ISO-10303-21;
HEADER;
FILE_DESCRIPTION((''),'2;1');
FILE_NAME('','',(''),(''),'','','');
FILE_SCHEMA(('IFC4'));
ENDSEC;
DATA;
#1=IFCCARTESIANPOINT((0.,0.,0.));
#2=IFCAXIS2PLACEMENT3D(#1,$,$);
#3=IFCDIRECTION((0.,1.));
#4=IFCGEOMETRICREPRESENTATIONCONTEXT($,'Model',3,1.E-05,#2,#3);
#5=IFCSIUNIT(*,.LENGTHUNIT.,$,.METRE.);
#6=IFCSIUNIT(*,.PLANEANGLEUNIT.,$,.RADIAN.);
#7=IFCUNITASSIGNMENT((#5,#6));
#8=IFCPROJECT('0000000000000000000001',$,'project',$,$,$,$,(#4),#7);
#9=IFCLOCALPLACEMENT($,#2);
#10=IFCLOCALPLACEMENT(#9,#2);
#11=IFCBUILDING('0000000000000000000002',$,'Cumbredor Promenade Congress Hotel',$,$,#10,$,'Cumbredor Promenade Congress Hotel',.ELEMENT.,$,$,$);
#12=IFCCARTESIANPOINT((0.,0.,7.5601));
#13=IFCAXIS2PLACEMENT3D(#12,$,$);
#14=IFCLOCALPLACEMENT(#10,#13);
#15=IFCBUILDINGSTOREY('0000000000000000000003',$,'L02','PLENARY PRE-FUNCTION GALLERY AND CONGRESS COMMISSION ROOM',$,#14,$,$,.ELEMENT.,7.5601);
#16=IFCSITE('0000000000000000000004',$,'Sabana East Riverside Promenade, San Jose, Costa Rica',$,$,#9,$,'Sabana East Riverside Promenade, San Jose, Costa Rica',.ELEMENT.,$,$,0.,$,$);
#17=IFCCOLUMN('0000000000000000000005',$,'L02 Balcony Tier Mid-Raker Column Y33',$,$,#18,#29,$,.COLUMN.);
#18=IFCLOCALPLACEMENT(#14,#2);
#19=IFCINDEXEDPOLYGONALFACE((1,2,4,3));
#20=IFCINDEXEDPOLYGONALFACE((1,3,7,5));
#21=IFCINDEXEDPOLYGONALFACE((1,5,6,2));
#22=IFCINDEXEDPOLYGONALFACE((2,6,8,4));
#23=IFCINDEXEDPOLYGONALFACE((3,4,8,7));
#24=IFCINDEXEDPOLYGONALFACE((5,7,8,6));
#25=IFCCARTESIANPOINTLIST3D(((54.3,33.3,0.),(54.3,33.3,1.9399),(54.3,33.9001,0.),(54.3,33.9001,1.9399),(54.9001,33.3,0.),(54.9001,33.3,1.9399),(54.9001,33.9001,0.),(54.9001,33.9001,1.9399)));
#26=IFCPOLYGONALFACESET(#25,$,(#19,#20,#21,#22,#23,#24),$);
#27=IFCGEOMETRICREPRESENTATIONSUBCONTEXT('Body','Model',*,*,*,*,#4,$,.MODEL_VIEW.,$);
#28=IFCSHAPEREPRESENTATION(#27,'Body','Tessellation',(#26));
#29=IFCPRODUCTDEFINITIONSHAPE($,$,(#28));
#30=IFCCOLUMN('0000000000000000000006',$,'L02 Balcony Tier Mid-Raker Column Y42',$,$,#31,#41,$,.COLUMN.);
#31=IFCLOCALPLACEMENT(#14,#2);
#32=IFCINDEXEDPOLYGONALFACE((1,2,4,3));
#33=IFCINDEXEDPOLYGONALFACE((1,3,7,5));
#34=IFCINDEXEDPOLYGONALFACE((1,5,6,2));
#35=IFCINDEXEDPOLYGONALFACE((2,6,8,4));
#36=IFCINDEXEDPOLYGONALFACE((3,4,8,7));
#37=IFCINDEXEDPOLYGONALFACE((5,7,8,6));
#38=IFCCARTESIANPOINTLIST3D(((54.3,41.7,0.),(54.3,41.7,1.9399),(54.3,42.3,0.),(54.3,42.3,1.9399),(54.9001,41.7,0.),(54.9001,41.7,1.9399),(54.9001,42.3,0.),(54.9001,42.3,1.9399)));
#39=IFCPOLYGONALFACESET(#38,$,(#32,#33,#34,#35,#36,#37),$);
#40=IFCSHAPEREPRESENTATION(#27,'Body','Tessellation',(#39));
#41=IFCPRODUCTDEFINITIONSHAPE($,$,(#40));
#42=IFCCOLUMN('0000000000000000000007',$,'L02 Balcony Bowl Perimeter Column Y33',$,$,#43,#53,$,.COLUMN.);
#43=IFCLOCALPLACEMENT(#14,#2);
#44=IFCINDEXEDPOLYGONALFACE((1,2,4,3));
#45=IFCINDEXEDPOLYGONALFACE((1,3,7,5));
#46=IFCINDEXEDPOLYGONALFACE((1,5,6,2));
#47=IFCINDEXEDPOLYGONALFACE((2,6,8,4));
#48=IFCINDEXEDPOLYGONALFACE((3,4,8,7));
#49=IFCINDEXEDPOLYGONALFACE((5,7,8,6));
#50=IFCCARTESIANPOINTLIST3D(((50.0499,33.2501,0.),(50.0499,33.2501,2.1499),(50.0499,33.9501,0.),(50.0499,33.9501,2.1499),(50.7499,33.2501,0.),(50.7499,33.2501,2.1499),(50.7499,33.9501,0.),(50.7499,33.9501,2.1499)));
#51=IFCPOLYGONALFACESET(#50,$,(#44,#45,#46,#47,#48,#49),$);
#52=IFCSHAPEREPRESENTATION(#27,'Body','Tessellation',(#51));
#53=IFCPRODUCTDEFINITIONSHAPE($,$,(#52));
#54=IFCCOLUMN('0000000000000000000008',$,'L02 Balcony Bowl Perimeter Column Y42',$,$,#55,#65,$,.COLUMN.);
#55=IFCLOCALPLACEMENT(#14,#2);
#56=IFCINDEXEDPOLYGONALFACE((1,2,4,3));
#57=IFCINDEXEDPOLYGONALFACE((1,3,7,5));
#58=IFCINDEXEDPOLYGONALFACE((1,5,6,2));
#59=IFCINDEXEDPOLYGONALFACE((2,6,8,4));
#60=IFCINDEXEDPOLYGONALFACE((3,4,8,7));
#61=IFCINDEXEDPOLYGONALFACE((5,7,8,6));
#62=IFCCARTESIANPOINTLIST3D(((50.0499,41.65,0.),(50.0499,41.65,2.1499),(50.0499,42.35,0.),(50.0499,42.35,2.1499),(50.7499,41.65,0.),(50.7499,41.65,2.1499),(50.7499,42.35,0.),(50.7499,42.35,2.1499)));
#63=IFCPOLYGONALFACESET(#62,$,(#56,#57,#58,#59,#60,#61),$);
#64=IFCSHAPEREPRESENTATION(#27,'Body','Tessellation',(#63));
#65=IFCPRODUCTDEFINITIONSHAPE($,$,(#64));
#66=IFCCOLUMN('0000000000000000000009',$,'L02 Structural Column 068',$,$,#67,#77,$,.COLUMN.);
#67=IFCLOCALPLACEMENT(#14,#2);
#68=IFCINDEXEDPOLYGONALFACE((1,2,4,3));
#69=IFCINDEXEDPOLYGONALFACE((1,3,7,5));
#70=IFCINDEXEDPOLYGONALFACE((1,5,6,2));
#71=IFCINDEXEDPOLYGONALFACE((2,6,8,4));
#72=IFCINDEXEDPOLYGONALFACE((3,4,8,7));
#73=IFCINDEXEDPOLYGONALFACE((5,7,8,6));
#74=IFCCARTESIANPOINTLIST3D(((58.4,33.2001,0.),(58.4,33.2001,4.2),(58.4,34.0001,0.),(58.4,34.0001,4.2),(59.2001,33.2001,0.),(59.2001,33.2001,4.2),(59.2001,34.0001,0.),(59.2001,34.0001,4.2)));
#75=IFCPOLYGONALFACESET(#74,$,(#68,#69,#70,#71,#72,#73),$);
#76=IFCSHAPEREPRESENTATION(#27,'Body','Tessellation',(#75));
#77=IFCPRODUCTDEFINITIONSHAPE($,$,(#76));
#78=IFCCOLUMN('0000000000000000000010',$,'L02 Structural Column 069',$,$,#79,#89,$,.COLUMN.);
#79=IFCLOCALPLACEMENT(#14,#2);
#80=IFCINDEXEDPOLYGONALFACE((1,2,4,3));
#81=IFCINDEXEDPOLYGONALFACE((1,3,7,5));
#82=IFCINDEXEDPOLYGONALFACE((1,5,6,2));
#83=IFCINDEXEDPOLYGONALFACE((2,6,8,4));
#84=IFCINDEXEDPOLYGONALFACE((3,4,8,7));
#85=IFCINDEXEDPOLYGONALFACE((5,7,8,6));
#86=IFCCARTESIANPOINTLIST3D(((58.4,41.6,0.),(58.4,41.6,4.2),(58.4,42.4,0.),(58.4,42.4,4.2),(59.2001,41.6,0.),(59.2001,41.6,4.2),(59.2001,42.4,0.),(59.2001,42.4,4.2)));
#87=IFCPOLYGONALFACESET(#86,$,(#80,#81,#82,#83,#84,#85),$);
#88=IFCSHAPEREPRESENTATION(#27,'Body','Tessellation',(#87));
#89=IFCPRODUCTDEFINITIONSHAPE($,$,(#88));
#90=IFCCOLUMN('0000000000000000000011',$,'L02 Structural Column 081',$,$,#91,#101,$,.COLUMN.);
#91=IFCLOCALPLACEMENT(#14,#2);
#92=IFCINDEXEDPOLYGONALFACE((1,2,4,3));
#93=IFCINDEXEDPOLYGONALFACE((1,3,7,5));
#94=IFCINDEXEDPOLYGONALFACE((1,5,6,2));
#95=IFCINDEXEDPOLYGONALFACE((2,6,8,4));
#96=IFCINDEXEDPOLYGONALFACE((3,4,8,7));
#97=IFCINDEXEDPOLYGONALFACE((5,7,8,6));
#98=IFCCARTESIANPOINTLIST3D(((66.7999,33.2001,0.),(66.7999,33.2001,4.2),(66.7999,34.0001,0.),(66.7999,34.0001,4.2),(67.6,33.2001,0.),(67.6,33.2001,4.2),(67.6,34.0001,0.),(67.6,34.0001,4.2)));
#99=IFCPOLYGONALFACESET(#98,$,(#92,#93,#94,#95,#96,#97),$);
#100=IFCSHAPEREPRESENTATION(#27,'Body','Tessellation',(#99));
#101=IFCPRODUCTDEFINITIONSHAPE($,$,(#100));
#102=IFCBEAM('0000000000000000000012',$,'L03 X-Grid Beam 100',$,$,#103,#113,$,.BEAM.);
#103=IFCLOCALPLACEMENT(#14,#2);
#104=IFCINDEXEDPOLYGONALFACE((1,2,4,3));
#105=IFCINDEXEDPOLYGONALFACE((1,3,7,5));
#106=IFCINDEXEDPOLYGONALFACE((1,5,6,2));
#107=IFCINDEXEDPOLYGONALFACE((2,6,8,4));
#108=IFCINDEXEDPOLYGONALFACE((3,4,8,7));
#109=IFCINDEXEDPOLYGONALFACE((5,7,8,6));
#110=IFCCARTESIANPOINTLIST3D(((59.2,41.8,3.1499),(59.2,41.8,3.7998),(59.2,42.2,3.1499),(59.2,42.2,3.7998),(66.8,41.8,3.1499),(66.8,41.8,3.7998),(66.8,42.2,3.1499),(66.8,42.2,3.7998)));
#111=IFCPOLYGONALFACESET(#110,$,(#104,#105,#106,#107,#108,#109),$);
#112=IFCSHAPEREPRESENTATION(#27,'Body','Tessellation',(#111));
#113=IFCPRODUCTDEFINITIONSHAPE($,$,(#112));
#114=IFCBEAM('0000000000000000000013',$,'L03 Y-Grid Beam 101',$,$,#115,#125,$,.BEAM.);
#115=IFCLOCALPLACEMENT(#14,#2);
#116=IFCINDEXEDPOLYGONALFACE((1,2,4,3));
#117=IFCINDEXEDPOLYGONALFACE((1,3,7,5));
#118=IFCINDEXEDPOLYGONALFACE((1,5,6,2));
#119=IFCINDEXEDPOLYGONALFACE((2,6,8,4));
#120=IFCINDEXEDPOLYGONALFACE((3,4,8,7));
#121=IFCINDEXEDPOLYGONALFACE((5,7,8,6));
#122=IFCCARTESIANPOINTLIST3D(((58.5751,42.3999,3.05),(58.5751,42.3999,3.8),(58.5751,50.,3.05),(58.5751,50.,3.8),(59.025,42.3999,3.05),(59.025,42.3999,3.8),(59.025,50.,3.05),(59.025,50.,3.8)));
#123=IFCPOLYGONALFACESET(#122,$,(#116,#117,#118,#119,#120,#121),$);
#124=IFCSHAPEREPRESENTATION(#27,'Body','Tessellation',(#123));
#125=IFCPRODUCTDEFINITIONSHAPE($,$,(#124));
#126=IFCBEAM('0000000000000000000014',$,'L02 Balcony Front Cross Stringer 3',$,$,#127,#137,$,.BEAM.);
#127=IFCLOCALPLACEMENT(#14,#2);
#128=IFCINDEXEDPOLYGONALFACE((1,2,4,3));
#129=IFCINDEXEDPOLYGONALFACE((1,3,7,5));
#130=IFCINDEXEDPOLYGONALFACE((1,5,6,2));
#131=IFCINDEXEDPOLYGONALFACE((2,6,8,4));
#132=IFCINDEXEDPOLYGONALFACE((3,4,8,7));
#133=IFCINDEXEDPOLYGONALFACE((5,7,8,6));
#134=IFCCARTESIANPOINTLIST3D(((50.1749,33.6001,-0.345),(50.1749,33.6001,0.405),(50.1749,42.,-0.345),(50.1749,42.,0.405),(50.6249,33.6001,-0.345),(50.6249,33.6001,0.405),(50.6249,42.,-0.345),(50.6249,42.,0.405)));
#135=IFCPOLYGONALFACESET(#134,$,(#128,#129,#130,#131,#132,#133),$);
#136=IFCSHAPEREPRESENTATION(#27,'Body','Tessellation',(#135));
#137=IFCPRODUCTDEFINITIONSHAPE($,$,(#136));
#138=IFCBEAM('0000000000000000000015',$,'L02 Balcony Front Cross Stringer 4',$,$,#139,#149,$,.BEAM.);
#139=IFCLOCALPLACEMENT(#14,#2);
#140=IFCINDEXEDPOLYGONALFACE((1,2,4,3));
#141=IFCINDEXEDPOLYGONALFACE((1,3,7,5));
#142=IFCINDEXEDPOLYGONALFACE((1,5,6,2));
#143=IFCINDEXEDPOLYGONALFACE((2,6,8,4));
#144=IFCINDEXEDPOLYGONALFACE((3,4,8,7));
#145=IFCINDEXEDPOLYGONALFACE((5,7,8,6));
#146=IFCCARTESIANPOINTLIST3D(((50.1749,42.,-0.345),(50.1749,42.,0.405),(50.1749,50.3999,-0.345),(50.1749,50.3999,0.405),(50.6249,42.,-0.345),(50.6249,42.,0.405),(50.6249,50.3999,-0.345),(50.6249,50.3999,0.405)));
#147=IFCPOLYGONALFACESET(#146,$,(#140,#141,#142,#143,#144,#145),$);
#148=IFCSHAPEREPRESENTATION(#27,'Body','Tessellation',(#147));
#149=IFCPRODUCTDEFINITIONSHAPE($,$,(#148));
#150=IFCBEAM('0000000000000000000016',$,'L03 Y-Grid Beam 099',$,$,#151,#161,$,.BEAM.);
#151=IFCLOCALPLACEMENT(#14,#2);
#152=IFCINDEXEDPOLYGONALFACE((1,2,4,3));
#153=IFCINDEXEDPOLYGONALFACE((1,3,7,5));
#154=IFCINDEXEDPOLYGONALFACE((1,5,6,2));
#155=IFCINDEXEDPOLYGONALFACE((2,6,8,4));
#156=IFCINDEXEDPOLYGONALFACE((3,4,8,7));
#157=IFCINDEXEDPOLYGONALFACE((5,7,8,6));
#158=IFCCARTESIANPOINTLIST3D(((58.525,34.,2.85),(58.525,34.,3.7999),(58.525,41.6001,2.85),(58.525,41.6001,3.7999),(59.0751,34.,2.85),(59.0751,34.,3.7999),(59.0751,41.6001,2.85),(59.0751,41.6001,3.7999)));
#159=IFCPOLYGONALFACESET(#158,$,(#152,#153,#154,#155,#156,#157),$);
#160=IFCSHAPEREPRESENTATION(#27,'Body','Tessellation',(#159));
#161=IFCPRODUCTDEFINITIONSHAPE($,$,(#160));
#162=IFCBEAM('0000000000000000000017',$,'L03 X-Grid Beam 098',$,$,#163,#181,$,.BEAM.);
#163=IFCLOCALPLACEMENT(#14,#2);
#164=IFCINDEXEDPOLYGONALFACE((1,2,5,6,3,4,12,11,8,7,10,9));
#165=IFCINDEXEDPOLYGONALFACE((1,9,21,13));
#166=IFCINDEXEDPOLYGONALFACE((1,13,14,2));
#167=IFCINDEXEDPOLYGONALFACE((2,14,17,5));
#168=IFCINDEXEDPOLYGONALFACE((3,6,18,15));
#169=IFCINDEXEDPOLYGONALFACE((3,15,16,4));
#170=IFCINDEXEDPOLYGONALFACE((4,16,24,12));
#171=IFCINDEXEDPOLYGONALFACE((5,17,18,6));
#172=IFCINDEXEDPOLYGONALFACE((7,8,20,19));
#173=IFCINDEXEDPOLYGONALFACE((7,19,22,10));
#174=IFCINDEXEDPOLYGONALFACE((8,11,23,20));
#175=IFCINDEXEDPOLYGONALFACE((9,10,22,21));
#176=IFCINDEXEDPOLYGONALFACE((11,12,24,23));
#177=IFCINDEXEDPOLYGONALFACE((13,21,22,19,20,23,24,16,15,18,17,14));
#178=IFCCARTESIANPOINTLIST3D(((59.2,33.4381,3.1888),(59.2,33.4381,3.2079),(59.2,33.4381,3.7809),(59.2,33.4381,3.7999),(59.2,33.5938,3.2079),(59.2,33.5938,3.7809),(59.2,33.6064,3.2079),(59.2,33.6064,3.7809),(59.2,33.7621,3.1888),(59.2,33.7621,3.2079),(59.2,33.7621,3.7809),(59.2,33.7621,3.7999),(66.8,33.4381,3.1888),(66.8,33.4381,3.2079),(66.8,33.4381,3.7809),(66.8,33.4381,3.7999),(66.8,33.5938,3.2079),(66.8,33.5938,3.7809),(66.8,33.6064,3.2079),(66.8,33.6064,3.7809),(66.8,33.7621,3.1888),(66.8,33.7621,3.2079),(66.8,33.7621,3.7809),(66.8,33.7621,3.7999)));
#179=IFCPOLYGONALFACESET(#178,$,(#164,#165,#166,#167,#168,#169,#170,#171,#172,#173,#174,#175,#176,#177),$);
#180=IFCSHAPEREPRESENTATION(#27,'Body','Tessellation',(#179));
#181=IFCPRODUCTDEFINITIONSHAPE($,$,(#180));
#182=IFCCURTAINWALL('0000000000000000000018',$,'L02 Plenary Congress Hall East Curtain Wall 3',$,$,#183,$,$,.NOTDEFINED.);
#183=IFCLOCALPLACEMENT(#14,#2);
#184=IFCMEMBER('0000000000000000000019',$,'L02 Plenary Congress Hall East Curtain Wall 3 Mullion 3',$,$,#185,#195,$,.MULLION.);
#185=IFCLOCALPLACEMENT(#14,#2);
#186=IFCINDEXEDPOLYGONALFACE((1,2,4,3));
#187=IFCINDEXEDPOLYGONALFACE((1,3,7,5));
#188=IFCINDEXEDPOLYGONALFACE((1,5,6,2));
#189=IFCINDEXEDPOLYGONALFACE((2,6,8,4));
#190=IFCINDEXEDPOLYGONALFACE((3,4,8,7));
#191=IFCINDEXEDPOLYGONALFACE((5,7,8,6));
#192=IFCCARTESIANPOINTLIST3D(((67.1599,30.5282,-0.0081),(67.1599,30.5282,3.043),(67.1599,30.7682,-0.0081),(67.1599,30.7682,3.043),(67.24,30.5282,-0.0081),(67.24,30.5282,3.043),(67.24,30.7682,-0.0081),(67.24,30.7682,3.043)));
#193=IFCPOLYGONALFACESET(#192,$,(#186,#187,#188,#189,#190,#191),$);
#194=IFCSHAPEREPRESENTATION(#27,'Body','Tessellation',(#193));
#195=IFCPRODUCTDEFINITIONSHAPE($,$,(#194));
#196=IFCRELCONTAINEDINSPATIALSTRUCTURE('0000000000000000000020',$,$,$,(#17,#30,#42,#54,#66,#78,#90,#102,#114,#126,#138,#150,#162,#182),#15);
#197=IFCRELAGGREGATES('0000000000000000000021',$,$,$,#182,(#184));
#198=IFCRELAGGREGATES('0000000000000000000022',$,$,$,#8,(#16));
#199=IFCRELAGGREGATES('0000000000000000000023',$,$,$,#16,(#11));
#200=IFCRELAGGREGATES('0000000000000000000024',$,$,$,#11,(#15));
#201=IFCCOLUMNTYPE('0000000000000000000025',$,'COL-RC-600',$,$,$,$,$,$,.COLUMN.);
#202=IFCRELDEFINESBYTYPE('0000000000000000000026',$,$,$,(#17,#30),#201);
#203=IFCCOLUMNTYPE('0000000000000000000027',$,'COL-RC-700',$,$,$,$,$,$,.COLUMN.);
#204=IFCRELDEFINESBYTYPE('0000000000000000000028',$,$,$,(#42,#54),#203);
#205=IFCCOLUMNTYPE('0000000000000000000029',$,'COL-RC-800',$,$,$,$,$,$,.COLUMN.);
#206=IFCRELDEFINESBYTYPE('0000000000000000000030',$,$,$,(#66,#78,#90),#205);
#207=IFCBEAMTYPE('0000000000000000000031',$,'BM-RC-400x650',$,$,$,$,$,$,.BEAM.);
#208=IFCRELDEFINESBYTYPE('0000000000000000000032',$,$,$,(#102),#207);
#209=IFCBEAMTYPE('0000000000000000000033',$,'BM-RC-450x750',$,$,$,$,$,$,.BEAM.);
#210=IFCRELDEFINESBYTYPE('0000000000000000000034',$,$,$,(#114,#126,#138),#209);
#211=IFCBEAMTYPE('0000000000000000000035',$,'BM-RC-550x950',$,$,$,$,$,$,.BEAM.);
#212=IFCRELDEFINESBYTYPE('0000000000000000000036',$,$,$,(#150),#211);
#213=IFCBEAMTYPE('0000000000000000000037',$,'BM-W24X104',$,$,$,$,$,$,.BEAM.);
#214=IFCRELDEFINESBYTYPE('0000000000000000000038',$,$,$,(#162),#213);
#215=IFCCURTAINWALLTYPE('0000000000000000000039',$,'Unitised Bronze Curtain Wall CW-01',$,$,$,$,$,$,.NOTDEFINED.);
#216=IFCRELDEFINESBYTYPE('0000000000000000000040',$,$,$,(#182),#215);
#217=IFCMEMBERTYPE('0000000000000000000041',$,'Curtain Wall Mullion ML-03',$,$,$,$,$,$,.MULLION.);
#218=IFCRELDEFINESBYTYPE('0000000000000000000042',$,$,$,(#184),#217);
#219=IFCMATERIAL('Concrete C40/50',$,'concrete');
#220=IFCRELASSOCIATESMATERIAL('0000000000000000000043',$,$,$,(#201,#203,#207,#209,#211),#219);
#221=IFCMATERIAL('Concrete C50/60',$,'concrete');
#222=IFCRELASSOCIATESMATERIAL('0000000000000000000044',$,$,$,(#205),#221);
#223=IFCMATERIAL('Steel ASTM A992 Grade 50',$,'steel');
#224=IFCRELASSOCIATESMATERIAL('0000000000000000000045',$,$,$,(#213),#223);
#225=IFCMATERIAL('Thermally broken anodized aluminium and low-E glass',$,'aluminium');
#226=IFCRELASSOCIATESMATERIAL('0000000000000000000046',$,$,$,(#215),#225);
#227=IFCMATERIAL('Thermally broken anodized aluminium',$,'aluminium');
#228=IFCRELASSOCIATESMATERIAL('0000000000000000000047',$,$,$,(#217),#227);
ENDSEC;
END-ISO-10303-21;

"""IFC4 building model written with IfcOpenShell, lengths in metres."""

from ifc_helpers import new_model, si_unit, direction, frame, origin, origin_2d, place, context, subcontext, project, spatial, rectangle, i_section, extrude, material, material_profile, profile_set, type_object, element, aggregate, save


model = new_model("IFC4")

# Units and contexts
model_context = context("Model", 3, precision=1e-05, world=origin(), true_north=direction((0.0, 1.0)))
body_context = subcontext(model_context, "Body", "Model", "MODEL_VIEW")
ifc_project = project(units=[si_unit("LENGTHUNIT", "METRE"), si_unit("PLANEANGLEUNIT", "RADIAN")], contexts=[model_context])

# Site, building, storey
site_placement = place(None, origin())
site = spatial("IfcSite", under=ifc_project, at=site_placement, Name="Sabana East Riverside Promenade, San Jose, Costa Rica", LongName="Sabana East Riverside Promenade, San Jose, Costa Rica", CompositionType="ELEMENT", RefElevation=0.0)
building_placement = place(site_placement, origin())
building = spatial("IfcBuilding", under=site, at=building_placement, Name="Cumbredor Promenade Congress Hotel", LongName="Cumbredor Promenade Congress Hotel", CompositionType="ELEMENT")
storey_placement = place(building_placement, frame((0.0, 0.0, 7.5601)))
storey = spatial("IfcBuildingStorey", under=building, at=storey_placement, Name="L02", Description="PLENARY PRE-FUNCTION GALLERY AND CONGRESS COMMISSION ROOM", CompositionType="ELEMENT", Elevation=7.5601)

# Columns
ifc_material_1 = material(Name="Concrete C40/50", Category="concrete")
ifc_material_profile_1 = material_profile(ifc_material_1, rectangle(XDim=0.6001, YDim=0.6001, at=origin_2d()), Name="RC 600x600")
ifc_profile_set_1 = profile_set([ifc_material_profile_1], Name="Concrete C40/50")
column_type_1 = type_object("IfcColumnType", Name="COL-RC-600", PredefinedType="COLUMN", material=ifc_profile_set_1)
for number, where, z_axis, x_axis, name in (
    (1, (54.6001, 33.6001, 0.0), (0.0, 0.0, 1.0), (1.0, 0.0, 0.0), "L02 Balcony Tier Mid-Raker Column Y33"),
    (2, (54.6001, 42.0, 0.0), (0.0, 0.0, 1.0), (1.0, 0.0, 0.0), "L02 Balcony Tier Mid-Raker Column Y42"),
):
    element("IfcColumn", number, at=place(storey_placement, frame(where, z_axis=z_axis, x_axis=x_axis)), inside=storey, type_object=column_type_1, Name=name, PredefinedType="COLUMN", context=body_context, shape_type="SweptSolid", body=[
        extrude(rectangle(XDim=0.6001, YDim=0.6001, at=origin_2d()), origin(), (0.0, 0.0, 1.0), 1.9399),
    ])
ifc_material_profile_2 = material_profile(ifc_material_1, rectangle(XDim=0.7, YDim=0.7, at=origin_2d()), Name="RC 700x700")
ifc_profile_set_2 = profile_set([ifc_material_profile_2], Name="Concrete C40/50")
column_type_2 = type_object("IfcColumnType", Name="COL-RC-700", PredefinedType="COLUMN", material=ifc_profile_set_2)
for number, where, z_axis, x_axis, name in (
    (3, (50.3999, 33.6001, 0.0), (0.0, 0.0, 1.0), (1.0, 0.0, 0.0), "L02 Balcony Bowl Perimeter Column Y33"),
    (4, (50.3999, 42.0, 0.0), (0.0, 0.0, 1.0), (1.0, 0.0, 0.0), "L02 Balcony Bowl Perimeter Column Y42"),
):
    element("IfcColumn", number, at=place(storey_placement, frame(where, z_axis=z_axis, x_axis=x_axis)), inside=storey, type_object=column_type_2, Name=name, PredefinedType="COLUMN", context=body_context, shape_type="SweptSolid", body=[
        extrude(rectangle(XDim=0.7, YDim=0.7, at=origin_2d()), origin(), (0.0, 0.0, 1.0), 2.1499),
    ])
ifc_material_2 = material(Name="Concrete C50/60", Category="concrete")
ifc_material_profile_3 = material_profile(ifc_material_2, rectangle(XDim=0.8, YDim=0.8, at=origin_2d()), Name="RC 800x800")
ifc_profile_set_3 = profile_set([ifc_material_profile_3], Name="Concrete C50/60")
column_type_3 = type_object("IfcColumnType", Name="COL-RC-800", PredefinedType="COLUMN", material=ifc_profile_set_3)
for number, where, z_axis, x_axis, name in (
    (5, (58.8, 33.6001, 0.0), (0.0, 0.0, 1.0), (1.0, 0.0, 0.0), "L02 Structural Column 068"),
    (6, (58.8, 42.0, 0.0), (0.0, 0.0, 1.0), (1.0, 0.0, 0.0), "L02 Structural Column 069"),
    (7, (67.2, 33.6001, 0.0), (0.0, 0.0, 1.0), (1.0, 0.0, 0.0), "L02 Structural Column 081"),
):
    element("IfcColumn", number, at=place(storey_placement, frame(where, z_axis=z_axis, x_axis=x_axis)), inside=storey, type_object=column_type_3, Name=name, PredefinedType="COLUMN", context=body_context, shape_type="SweptSolid", body=[
        extrude(rectangle(XDim=0.8, YDim=0.8, at=origin_2d()), origin(), (0.0, 0.0, 1.0), 4.2),
    ])

# Beams
ifc_material_profile_4 = material_profile(ifc_material_1, rectangle(XDim=0.3999, YDim=0.6499, at=origin_2d()), Name="RC BEAM 400x650")
ifc_profile_set_4 = profile_set([ifc_material_profile_4], Name="Concrete C40/50")
beam_type_1 = type_object("IfcBeamType", Name="BM-RC-400x650", PredefinedType="BEAM", material=ifc_profile_set_4)
beam_1_placement = place(storey_placement, frame((59.2, 42.0, 3.4749), z_axis=(1.0, 0.0, 0.0), x_axis=(0.0, 1.0, 0.0)))
element("IfcBeam", 8, at=beam_1_placement, inside=storey, type_object=beam_type_1, Name="L03 X-Grid Beam 100", PredefinedType="BEAM", context=body_context, shape_type="SweptSolid", body=[
    extrude(rectangle(XDim=0.3999, YDim=0.6499, at=origin_2d()), origin(), (0.0, 0.0, 1.0), 7.6001),
])
ifc_material_profile_5 = material_profile(ifc_material_1, rectangle(XDim=0.45, YDim=0.75, at=origin_2d()), Name="RC BEAM 450x750")
ifc_profile_set_5 = profile_set([ifc_material_profile_5], Name="Concrete C40/50")
beam_type_2 = type_object("IfcBeamType", Name="BM-RC-450x750", PredefinedType="BEAM", material=ifc_profile_set_5)
beam_2_placement = place(storey_placement, frame((58.8, 42.3999, 3.425), z_axis=(0.0, 1.0, 0.0), x_axis=(-1.0, 0.0, 0.0)))
element("IfcBeam", 9, at=beam_2_placement, inside=storey, type_object=beam_type_2, Name="L03 Y-Grid Beam 101", PredefinedType="BEAM", context=body_context, shape_type="SweptSolid", body=[
    extrude(rectangle(XDim=0.45, YDim=0.75, at=origin_2d()), origin(), (0.0, 0.0, 1.0), 7.6001),
])
for number, where, z_axis, x_axis, name in (
    (10, (50.3999, 33.6001, 0.03), (0.0, 1.0, 0.0), (-1.0, 0.0, 0.0), "L02 Balcony Front Cross Stringer 3"),
    (11, (50.3999, 42.0, 0.03), (0.0, 1.0, 0.0), (-1.0, 0.0, 0.0), "L02 Balcony Front Cross Stringer 4"),
):
    element("IfcBeam", number, at=place(storey_placement, frame(where, z_axis=z_axis, x_axis=x_axis)), inside=storey, type_object=beam_type_2, Name=name, PredefinedType="BEAM", context=body_context, shape_type="SweptSolid", body=[
        extrude(rectangle(XDim=0.45, YDim=0.75, at=origin_2d()), origin(), (0.0, 0.0, 1.0), 8.3999),
    ])
ifc_material_profile_6 = material_profile(ifc_material_1, rectangle(XDim=0.55, YDim=0.95, at=origin_2d()), Name="RC BEAM 550x950")
ifc_profile_set_6 = profile_set([ifc_material_profile_6], Name="Concrete C40/50")
beam_type_3 = type_object("IfcBeamType", Name="BM-RC-550x950", PredefinedType="BEAM", material=ifc_profile_set_6)
beam_3_placement = place(storey_placement, frame((58.8, 34.0, 3.325), z_axis=(0.0, 1.0, 0.0), x_axis=(-1.0, 0.0, 0.0)))
element("IfcBeam", 12, at=beam_3_placement, inside=storey, type_object=beam_type_3, Name="L03 Y-Grid Beam 099", PredefinedType="BEAM", context=body_context, shape_type="SweptSolid", body=[
    extrude(rectangle(XDim=0.55, YDim=0.95, at=origin_2d()), origin(), (0.0, 0.0, 1.0), 7.6001),
])
ifc_material_3 = material(Name="Steel ASTM A992 Grade 50", Category="steel")
ifc_material_profile_7 = material_profile(ifc_material_3, i_section(OverallWidth=0.324, OverallDepth=0.6111, WebThickness=0.0127, FlangeThickness=0.019, at=origin_2d()), Name="W24X104")
ifc_profile_set_7 = profile_set([ifc_material_profile_7], Name="Steel ASTM A992 Grade 50")
beam_type_4 = type_object("IfcBeamType", Name="BM-W24X104", PredefinedType="BEAM", material=ifc_profile_set_7)
beam_4_placement = place(storey_placement, frame((59.2, 33.6001, 3.4944), z_axis=(1.0, 0.0, 0.0), x_axis=(0.0, 1.0, 0.0)))
element("IfcBeam", 13, at=beam_4_placement, inside=storey, type_object=beam_type_4, Name="L03 X-Grid Beam 098", PredefinedType="BEAM", context=body_context, shape_type="SweptSolid", body=[
    extrude(i_section(OverallWidth=0.324, OverallDepth=0.6111, WebThickness=0.0127, FlangeThickness=0.019, at=origin_2d()), origin(), (0.0, 0.0, 1.0), 7.6001),
])

# Curtain wall, member
ifc_material_4 = material(Name="Thermally broken anodized aluminium and low-E glass", Category="aluminium")
curtain_wall_type = type_object("IfcCurtainWallType", Name="Unitised Bronze Curtain Wall CW-01", PredefinedType="NOTDEFINED", material=ifc_material_4)
curtain_wall_placement = place(storey_placement, origin())
curtain_wall = element("IfcCurtainWall", 14, at=curtain_wall_placement, inside=storey, type_object=curtain_wall_type, Name="L02 Plenary Congress Hall East Curtain Wall 3", PredefinedType="NOTDEFINED")
ifc_material_5 = material(Name="Thermally broken anodized aluminium", Category="aluminium")
ifc_material_profile_8 = material_profile(ifc_material_5, rectangle(XDim=0.0801, YDim=0.24, at=origin_2d()), Name="ALU MULLION 80x240")
ifc_profile_set_8 = profile_set([ifc_material_profile_8], Name="Thermally broken anodized aluminium")
member_type_1 = type_object("IfcMemberType", Name="Curtain Wall Mullion ML-03", PredefinedType="MULLION", material=ifc_profile_set_8)
member_1_placement = place(storey_placement, frame((67.2, 30.6482, -0.0081), z_axis=(0.0, 0.0, 1.0), x_axis=(1.0, 0.0, 0.0)))
member_1 = element("IfcMember", 15, at=member_1_placement, type_object=member_type_1, Name="L02 Plenary Congress Hall East Curtain Wall 3 Mullion 3", PredefinedType="MULLION", context=body_context, shape_type="SweptSolid", body=[
    extrude(rectangle(XDim=0.0801, YDim=0.24, at=origin_2d()), origin(), (0.0, 0.0, 1.0), 3.051),
])

aggregate(curtain_wall, [member_1])

save(model, "model.ifc")
